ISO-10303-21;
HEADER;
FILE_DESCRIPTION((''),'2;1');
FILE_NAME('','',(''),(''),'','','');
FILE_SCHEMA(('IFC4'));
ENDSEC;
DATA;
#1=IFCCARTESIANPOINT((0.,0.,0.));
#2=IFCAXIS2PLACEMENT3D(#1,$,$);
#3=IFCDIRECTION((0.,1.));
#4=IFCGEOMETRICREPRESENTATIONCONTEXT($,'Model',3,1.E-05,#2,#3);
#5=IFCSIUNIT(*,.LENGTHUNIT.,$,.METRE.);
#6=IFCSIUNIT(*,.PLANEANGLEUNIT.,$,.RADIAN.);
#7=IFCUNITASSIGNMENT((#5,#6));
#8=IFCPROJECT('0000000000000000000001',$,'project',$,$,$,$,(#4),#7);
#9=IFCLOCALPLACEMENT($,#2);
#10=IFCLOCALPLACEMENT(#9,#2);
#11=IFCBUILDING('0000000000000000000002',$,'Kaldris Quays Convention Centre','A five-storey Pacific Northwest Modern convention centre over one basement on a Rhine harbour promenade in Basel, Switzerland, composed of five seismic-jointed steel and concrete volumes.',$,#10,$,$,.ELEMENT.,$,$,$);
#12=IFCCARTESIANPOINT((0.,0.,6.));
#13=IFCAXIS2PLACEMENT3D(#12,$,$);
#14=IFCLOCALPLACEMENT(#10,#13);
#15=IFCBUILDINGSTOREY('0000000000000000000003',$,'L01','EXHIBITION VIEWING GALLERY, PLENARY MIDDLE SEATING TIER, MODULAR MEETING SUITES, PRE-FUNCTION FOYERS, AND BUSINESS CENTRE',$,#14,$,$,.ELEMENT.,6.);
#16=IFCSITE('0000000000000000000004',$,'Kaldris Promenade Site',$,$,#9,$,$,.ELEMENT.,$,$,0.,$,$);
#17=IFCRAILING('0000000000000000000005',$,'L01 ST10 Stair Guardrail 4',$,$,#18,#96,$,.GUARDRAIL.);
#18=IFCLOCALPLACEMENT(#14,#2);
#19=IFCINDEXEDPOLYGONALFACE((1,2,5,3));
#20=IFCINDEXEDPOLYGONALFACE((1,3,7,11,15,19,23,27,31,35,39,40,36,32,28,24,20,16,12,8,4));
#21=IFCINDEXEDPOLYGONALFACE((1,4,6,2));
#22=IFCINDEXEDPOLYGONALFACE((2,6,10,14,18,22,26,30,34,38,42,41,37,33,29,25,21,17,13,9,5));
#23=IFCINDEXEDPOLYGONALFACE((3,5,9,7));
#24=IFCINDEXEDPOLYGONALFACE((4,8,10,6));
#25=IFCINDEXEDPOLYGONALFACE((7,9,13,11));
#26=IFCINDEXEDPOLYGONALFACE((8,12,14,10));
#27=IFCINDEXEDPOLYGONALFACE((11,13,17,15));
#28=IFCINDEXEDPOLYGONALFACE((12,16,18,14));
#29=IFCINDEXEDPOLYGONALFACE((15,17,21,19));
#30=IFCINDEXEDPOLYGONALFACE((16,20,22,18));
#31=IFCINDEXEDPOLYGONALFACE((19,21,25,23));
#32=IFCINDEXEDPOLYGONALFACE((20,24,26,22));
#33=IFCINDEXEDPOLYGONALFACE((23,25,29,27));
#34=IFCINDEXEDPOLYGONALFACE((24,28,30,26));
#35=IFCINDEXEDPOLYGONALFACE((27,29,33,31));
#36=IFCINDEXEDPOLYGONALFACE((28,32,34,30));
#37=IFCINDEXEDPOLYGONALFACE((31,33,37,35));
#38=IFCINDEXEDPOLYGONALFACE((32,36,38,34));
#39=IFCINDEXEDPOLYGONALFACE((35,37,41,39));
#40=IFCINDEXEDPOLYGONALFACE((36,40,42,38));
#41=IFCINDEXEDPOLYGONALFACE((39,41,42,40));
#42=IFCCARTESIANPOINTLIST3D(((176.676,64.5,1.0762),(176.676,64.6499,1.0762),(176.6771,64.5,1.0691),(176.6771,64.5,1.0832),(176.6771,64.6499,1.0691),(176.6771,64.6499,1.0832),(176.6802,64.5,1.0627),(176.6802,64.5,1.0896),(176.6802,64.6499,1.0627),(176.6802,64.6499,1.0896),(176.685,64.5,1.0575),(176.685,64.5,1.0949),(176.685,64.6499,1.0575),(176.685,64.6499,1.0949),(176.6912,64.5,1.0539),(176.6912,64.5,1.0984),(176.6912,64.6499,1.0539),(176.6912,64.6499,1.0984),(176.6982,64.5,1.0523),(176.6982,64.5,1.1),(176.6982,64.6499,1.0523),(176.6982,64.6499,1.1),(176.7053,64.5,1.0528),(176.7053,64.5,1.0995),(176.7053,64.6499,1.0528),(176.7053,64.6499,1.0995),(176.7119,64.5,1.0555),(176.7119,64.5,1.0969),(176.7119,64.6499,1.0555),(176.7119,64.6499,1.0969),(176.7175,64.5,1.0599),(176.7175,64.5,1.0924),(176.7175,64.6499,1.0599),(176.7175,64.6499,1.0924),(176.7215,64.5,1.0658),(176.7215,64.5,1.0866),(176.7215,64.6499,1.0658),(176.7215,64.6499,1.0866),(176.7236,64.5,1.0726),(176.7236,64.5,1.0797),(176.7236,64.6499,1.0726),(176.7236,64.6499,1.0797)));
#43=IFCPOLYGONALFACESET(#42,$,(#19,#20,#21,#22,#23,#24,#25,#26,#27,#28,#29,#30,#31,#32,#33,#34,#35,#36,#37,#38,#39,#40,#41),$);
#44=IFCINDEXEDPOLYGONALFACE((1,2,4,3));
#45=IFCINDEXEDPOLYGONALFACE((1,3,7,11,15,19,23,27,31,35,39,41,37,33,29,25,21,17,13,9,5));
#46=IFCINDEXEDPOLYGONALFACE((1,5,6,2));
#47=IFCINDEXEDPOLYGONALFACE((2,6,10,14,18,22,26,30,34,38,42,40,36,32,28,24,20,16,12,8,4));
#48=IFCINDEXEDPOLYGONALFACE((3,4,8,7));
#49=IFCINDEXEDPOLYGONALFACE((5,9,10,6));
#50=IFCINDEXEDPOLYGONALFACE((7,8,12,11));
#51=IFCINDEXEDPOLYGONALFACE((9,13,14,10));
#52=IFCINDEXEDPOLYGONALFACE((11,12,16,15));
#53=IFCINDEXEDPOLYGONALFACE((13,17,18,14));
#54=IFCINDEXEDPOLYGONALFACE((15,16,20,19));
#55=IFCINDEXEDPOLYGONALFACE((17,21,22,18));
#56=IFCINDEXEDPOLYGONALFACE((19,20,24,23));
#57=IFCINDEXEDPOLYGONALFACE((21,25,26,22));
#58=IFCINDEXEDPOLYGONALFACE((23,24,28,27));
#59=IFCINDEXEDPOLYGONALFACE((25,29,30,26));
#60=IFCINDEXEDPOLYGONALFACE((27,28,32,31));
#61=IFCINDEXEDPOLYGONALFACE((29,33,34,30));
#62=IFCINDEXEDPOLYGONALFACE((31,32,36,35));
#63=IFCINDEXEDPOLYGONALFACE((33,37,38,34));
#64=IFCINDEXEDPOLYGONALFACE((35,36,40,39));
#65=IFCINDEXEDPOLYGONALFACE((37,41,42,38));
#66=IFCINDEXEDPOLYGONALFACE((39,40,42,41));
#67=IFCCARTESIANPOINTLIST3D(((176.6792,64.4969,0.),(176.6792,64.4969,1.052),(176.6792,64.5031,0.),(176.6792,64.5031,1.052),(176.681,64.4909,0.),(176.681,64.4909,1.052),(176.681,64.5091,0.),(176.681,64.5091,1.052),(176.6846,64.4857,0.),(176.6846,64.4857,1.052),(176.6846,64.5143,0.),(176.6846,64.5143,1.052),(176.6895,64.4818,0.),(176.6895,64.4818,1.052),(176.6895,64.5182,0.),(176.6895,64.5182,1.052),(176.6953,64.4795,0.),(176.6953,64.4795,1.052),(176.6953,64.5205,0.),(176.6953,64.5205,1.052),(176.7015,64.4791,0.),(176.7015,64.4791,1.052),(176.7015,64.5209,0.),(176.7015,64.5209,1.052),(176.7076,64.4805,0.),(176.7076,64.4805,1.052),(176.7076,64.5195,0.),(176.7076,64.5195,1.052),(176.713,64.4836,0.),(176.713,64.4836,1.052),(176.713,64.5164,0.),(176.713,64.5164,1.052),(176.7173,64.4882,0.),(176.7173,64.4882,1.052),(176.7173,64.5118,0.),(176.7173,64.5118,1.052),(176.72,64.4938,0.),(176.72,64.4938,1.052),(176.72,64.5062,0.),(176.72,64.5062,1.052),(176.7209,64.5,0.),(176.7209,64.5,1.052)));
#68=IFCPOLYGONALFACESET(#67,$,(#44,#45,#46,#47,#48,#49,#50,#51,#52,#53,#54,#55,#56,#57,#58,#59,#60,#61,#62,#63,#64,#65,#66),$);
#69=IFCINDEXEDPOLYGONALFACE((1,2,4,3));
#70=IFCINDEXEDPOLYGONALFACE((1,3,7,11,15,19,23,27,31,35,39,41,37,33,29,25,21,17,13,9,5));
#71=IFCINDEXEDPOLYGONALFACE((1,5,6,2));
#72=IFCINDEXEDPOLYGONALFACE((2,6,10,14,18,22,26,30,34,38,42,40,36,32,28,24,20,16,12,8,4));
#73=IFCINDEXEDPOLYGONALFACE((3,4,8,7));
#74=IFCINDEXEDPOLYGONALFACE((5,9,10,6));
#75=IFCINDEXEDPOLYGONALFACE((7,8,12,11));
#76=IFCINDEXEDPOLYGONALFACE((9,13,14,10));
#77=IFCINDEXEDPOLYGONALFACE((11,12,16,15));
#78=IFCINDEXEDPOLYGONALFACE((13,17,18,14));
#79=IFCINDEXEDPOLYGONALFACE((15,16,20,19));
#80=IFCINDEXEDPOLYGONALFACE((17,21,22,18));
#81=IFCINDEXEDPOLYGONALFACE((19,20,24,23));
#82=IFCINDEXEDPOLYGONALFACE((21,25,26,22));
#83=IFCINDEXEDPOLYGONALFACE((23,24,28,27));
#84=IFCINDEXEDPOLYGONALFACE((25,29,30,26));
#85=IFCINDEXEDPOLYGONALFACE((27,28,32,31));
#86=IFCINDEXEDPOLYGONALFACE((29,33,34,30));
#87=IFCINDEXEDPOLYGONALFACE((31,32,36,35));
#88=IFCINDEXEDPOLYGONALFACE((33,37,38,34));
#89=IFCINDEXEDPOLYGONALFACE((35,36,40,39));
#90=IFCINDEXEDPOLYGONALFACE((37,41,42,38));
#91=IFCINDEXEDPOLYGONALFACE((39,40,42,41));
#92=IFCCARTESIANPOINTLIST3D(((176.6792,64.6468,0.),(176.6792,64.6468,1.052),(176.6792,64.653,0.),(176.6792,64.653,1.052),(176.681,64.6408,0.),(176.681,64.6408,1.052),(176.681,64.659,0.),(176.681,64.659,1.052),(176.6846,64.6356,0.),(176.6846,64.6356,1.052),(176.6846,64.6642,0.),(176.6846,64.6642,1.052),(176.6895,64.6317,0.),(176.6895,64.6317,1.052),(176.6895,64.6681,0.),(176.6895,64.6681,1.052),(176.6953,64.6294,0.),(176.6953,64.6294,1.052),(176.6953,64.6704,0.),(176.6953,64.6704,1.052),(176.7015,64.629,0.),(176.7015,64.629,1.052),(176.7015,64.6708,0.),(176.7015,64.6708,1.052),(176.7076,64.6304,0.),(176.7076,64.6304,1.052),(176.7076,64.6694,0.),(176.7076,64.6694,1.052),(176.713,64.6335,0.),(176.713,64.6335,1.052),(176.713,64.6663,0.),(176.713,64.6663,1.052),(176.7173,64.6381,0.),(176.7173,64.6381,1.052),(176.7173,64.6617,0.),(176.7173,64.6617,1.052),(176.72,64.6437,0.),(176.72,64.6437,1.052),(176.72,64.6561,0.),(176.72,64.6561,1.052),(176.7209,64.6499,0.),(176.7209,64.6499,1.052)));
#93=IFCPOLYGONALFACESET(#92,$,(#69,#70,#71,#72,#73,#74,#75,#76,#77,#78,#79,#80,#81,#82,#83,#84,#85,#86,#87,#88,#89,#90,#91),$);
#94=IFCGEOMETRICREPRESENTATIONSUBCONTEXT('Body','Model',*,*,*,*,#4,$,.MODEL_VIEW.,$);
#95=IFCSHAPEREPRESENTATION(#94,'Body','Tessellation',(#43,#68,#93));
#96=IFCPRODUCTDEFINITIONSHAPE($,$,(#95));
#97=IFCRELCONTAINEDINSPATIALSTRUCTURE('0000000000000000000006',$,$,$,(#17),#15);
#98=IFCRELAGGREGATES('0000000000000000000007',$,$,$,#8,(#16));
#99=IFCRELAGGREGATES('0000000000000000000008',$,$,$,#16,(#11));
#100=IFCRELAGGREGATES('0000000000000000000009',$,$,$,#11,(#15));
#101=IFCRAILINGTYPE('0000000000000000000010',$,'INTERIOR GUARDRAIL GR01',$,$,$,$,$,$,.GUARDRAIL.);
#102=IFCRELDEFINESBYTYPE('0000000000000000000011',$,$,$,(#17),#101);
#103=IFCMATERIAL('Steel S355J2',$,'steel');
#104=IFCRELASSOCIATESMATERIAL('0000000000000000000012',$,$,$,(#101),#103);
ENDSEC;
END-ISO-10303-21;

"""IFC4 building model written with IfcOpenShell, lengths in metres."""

from ifc_helpers import new_model, si_unit, direction, frame, origin, origin_2d, place, context, subcontext, project, spatial, circle, extrude, material, type_object, element, save


model = new_model("IFC4")

# Units and contexts
model_context = context("Model", 3, precision=1e-05, world=origin(), true_north=direction((0.0, 1.0)))
body_context = subcontext(model_context, "Body", "Model", "MODEL_VIEW")
ifc_project = project(units=[si_unit("LENGTHUNIT", "METRE"), si_unit("PLANEANGLEUNIT", "RADIAN")], contexts=[model_context])

# Site, building, storey
site_placement = place(None, origin())
site = spatial("IfcSite", under=ifc_project, at=site_placement, Name="Kaldris Promenade Site", CompositionType="ELEMENT", RefElevation=0.0)
building_placement = place(site_placement, origin())
building = spatial("IfcBuilding", under=site, at=building_placement, Name="Kaldris Quays Convention Centre", Description="A five-storey Pacific Northwest Modern convention centre over one basement on a Rhine harbour promenade in Basel, Switzerland, composed of five seismic-jointed steel and concrete volumes.", CompositionType="ELEMENT")
storey_placement = place(building_placement, frame((0.0, 0.0, 6.0)))
storey = spatial("IfcBuildingStorey", under=building, at=storey_placement, Name="L01", Description="EXHIBITION VIEWING GALLERY, PLENARY MIDDLE SEATING TIER, MODULAR MEETING SUITES, PRE-FUNCTION FOYERS, AND BUSINESS CENTRE", CompositionType="ELEMENT", Elevation=6.0)

# Shared definitions
ifc_material_1 = material(Name="Steel S355J2", Category="steel")

# Railing
railing_type_1 = type_object("IfcRailingType", Name="INTERIOR GUARDRAIL GR01", PredefinedType="GUARDRAIL", material=ifc_material_1)
railing_1_placement = place(storey_placement, frame((176.7, 64.5, 0.0)))
element("IfcRailing", 1, at=railing_1_placement, inside=storey, type_object=railing_type_1, Name="L01 ST10 Stair Guardrail 4", PredefinedType="GUARDRAIL", context=body_context, shape_type="SweptSolid", body=[
    extrude(circle(Radius=0.0239, at=origin_2d()), frame((0.0, 0.0, 1.0762), z_axis=(0.0, 1.0, 0.0), x_axis=(-1.0, 0.0, 0.0)), (0.0, 0.0, 1.0), 0.1499),
    extrude(circle(Radius=0.021, at=origin_2d()), origin(), (0.0, 0.0, 1.0), 1.052),
    extrude(circle(Radius=0.021, at=origin_2d()), frame((0.0, 0.1499, 0.0)), (0.0, 0.0, 1.0), 1.052),
])

save(model, "model.ifc")
